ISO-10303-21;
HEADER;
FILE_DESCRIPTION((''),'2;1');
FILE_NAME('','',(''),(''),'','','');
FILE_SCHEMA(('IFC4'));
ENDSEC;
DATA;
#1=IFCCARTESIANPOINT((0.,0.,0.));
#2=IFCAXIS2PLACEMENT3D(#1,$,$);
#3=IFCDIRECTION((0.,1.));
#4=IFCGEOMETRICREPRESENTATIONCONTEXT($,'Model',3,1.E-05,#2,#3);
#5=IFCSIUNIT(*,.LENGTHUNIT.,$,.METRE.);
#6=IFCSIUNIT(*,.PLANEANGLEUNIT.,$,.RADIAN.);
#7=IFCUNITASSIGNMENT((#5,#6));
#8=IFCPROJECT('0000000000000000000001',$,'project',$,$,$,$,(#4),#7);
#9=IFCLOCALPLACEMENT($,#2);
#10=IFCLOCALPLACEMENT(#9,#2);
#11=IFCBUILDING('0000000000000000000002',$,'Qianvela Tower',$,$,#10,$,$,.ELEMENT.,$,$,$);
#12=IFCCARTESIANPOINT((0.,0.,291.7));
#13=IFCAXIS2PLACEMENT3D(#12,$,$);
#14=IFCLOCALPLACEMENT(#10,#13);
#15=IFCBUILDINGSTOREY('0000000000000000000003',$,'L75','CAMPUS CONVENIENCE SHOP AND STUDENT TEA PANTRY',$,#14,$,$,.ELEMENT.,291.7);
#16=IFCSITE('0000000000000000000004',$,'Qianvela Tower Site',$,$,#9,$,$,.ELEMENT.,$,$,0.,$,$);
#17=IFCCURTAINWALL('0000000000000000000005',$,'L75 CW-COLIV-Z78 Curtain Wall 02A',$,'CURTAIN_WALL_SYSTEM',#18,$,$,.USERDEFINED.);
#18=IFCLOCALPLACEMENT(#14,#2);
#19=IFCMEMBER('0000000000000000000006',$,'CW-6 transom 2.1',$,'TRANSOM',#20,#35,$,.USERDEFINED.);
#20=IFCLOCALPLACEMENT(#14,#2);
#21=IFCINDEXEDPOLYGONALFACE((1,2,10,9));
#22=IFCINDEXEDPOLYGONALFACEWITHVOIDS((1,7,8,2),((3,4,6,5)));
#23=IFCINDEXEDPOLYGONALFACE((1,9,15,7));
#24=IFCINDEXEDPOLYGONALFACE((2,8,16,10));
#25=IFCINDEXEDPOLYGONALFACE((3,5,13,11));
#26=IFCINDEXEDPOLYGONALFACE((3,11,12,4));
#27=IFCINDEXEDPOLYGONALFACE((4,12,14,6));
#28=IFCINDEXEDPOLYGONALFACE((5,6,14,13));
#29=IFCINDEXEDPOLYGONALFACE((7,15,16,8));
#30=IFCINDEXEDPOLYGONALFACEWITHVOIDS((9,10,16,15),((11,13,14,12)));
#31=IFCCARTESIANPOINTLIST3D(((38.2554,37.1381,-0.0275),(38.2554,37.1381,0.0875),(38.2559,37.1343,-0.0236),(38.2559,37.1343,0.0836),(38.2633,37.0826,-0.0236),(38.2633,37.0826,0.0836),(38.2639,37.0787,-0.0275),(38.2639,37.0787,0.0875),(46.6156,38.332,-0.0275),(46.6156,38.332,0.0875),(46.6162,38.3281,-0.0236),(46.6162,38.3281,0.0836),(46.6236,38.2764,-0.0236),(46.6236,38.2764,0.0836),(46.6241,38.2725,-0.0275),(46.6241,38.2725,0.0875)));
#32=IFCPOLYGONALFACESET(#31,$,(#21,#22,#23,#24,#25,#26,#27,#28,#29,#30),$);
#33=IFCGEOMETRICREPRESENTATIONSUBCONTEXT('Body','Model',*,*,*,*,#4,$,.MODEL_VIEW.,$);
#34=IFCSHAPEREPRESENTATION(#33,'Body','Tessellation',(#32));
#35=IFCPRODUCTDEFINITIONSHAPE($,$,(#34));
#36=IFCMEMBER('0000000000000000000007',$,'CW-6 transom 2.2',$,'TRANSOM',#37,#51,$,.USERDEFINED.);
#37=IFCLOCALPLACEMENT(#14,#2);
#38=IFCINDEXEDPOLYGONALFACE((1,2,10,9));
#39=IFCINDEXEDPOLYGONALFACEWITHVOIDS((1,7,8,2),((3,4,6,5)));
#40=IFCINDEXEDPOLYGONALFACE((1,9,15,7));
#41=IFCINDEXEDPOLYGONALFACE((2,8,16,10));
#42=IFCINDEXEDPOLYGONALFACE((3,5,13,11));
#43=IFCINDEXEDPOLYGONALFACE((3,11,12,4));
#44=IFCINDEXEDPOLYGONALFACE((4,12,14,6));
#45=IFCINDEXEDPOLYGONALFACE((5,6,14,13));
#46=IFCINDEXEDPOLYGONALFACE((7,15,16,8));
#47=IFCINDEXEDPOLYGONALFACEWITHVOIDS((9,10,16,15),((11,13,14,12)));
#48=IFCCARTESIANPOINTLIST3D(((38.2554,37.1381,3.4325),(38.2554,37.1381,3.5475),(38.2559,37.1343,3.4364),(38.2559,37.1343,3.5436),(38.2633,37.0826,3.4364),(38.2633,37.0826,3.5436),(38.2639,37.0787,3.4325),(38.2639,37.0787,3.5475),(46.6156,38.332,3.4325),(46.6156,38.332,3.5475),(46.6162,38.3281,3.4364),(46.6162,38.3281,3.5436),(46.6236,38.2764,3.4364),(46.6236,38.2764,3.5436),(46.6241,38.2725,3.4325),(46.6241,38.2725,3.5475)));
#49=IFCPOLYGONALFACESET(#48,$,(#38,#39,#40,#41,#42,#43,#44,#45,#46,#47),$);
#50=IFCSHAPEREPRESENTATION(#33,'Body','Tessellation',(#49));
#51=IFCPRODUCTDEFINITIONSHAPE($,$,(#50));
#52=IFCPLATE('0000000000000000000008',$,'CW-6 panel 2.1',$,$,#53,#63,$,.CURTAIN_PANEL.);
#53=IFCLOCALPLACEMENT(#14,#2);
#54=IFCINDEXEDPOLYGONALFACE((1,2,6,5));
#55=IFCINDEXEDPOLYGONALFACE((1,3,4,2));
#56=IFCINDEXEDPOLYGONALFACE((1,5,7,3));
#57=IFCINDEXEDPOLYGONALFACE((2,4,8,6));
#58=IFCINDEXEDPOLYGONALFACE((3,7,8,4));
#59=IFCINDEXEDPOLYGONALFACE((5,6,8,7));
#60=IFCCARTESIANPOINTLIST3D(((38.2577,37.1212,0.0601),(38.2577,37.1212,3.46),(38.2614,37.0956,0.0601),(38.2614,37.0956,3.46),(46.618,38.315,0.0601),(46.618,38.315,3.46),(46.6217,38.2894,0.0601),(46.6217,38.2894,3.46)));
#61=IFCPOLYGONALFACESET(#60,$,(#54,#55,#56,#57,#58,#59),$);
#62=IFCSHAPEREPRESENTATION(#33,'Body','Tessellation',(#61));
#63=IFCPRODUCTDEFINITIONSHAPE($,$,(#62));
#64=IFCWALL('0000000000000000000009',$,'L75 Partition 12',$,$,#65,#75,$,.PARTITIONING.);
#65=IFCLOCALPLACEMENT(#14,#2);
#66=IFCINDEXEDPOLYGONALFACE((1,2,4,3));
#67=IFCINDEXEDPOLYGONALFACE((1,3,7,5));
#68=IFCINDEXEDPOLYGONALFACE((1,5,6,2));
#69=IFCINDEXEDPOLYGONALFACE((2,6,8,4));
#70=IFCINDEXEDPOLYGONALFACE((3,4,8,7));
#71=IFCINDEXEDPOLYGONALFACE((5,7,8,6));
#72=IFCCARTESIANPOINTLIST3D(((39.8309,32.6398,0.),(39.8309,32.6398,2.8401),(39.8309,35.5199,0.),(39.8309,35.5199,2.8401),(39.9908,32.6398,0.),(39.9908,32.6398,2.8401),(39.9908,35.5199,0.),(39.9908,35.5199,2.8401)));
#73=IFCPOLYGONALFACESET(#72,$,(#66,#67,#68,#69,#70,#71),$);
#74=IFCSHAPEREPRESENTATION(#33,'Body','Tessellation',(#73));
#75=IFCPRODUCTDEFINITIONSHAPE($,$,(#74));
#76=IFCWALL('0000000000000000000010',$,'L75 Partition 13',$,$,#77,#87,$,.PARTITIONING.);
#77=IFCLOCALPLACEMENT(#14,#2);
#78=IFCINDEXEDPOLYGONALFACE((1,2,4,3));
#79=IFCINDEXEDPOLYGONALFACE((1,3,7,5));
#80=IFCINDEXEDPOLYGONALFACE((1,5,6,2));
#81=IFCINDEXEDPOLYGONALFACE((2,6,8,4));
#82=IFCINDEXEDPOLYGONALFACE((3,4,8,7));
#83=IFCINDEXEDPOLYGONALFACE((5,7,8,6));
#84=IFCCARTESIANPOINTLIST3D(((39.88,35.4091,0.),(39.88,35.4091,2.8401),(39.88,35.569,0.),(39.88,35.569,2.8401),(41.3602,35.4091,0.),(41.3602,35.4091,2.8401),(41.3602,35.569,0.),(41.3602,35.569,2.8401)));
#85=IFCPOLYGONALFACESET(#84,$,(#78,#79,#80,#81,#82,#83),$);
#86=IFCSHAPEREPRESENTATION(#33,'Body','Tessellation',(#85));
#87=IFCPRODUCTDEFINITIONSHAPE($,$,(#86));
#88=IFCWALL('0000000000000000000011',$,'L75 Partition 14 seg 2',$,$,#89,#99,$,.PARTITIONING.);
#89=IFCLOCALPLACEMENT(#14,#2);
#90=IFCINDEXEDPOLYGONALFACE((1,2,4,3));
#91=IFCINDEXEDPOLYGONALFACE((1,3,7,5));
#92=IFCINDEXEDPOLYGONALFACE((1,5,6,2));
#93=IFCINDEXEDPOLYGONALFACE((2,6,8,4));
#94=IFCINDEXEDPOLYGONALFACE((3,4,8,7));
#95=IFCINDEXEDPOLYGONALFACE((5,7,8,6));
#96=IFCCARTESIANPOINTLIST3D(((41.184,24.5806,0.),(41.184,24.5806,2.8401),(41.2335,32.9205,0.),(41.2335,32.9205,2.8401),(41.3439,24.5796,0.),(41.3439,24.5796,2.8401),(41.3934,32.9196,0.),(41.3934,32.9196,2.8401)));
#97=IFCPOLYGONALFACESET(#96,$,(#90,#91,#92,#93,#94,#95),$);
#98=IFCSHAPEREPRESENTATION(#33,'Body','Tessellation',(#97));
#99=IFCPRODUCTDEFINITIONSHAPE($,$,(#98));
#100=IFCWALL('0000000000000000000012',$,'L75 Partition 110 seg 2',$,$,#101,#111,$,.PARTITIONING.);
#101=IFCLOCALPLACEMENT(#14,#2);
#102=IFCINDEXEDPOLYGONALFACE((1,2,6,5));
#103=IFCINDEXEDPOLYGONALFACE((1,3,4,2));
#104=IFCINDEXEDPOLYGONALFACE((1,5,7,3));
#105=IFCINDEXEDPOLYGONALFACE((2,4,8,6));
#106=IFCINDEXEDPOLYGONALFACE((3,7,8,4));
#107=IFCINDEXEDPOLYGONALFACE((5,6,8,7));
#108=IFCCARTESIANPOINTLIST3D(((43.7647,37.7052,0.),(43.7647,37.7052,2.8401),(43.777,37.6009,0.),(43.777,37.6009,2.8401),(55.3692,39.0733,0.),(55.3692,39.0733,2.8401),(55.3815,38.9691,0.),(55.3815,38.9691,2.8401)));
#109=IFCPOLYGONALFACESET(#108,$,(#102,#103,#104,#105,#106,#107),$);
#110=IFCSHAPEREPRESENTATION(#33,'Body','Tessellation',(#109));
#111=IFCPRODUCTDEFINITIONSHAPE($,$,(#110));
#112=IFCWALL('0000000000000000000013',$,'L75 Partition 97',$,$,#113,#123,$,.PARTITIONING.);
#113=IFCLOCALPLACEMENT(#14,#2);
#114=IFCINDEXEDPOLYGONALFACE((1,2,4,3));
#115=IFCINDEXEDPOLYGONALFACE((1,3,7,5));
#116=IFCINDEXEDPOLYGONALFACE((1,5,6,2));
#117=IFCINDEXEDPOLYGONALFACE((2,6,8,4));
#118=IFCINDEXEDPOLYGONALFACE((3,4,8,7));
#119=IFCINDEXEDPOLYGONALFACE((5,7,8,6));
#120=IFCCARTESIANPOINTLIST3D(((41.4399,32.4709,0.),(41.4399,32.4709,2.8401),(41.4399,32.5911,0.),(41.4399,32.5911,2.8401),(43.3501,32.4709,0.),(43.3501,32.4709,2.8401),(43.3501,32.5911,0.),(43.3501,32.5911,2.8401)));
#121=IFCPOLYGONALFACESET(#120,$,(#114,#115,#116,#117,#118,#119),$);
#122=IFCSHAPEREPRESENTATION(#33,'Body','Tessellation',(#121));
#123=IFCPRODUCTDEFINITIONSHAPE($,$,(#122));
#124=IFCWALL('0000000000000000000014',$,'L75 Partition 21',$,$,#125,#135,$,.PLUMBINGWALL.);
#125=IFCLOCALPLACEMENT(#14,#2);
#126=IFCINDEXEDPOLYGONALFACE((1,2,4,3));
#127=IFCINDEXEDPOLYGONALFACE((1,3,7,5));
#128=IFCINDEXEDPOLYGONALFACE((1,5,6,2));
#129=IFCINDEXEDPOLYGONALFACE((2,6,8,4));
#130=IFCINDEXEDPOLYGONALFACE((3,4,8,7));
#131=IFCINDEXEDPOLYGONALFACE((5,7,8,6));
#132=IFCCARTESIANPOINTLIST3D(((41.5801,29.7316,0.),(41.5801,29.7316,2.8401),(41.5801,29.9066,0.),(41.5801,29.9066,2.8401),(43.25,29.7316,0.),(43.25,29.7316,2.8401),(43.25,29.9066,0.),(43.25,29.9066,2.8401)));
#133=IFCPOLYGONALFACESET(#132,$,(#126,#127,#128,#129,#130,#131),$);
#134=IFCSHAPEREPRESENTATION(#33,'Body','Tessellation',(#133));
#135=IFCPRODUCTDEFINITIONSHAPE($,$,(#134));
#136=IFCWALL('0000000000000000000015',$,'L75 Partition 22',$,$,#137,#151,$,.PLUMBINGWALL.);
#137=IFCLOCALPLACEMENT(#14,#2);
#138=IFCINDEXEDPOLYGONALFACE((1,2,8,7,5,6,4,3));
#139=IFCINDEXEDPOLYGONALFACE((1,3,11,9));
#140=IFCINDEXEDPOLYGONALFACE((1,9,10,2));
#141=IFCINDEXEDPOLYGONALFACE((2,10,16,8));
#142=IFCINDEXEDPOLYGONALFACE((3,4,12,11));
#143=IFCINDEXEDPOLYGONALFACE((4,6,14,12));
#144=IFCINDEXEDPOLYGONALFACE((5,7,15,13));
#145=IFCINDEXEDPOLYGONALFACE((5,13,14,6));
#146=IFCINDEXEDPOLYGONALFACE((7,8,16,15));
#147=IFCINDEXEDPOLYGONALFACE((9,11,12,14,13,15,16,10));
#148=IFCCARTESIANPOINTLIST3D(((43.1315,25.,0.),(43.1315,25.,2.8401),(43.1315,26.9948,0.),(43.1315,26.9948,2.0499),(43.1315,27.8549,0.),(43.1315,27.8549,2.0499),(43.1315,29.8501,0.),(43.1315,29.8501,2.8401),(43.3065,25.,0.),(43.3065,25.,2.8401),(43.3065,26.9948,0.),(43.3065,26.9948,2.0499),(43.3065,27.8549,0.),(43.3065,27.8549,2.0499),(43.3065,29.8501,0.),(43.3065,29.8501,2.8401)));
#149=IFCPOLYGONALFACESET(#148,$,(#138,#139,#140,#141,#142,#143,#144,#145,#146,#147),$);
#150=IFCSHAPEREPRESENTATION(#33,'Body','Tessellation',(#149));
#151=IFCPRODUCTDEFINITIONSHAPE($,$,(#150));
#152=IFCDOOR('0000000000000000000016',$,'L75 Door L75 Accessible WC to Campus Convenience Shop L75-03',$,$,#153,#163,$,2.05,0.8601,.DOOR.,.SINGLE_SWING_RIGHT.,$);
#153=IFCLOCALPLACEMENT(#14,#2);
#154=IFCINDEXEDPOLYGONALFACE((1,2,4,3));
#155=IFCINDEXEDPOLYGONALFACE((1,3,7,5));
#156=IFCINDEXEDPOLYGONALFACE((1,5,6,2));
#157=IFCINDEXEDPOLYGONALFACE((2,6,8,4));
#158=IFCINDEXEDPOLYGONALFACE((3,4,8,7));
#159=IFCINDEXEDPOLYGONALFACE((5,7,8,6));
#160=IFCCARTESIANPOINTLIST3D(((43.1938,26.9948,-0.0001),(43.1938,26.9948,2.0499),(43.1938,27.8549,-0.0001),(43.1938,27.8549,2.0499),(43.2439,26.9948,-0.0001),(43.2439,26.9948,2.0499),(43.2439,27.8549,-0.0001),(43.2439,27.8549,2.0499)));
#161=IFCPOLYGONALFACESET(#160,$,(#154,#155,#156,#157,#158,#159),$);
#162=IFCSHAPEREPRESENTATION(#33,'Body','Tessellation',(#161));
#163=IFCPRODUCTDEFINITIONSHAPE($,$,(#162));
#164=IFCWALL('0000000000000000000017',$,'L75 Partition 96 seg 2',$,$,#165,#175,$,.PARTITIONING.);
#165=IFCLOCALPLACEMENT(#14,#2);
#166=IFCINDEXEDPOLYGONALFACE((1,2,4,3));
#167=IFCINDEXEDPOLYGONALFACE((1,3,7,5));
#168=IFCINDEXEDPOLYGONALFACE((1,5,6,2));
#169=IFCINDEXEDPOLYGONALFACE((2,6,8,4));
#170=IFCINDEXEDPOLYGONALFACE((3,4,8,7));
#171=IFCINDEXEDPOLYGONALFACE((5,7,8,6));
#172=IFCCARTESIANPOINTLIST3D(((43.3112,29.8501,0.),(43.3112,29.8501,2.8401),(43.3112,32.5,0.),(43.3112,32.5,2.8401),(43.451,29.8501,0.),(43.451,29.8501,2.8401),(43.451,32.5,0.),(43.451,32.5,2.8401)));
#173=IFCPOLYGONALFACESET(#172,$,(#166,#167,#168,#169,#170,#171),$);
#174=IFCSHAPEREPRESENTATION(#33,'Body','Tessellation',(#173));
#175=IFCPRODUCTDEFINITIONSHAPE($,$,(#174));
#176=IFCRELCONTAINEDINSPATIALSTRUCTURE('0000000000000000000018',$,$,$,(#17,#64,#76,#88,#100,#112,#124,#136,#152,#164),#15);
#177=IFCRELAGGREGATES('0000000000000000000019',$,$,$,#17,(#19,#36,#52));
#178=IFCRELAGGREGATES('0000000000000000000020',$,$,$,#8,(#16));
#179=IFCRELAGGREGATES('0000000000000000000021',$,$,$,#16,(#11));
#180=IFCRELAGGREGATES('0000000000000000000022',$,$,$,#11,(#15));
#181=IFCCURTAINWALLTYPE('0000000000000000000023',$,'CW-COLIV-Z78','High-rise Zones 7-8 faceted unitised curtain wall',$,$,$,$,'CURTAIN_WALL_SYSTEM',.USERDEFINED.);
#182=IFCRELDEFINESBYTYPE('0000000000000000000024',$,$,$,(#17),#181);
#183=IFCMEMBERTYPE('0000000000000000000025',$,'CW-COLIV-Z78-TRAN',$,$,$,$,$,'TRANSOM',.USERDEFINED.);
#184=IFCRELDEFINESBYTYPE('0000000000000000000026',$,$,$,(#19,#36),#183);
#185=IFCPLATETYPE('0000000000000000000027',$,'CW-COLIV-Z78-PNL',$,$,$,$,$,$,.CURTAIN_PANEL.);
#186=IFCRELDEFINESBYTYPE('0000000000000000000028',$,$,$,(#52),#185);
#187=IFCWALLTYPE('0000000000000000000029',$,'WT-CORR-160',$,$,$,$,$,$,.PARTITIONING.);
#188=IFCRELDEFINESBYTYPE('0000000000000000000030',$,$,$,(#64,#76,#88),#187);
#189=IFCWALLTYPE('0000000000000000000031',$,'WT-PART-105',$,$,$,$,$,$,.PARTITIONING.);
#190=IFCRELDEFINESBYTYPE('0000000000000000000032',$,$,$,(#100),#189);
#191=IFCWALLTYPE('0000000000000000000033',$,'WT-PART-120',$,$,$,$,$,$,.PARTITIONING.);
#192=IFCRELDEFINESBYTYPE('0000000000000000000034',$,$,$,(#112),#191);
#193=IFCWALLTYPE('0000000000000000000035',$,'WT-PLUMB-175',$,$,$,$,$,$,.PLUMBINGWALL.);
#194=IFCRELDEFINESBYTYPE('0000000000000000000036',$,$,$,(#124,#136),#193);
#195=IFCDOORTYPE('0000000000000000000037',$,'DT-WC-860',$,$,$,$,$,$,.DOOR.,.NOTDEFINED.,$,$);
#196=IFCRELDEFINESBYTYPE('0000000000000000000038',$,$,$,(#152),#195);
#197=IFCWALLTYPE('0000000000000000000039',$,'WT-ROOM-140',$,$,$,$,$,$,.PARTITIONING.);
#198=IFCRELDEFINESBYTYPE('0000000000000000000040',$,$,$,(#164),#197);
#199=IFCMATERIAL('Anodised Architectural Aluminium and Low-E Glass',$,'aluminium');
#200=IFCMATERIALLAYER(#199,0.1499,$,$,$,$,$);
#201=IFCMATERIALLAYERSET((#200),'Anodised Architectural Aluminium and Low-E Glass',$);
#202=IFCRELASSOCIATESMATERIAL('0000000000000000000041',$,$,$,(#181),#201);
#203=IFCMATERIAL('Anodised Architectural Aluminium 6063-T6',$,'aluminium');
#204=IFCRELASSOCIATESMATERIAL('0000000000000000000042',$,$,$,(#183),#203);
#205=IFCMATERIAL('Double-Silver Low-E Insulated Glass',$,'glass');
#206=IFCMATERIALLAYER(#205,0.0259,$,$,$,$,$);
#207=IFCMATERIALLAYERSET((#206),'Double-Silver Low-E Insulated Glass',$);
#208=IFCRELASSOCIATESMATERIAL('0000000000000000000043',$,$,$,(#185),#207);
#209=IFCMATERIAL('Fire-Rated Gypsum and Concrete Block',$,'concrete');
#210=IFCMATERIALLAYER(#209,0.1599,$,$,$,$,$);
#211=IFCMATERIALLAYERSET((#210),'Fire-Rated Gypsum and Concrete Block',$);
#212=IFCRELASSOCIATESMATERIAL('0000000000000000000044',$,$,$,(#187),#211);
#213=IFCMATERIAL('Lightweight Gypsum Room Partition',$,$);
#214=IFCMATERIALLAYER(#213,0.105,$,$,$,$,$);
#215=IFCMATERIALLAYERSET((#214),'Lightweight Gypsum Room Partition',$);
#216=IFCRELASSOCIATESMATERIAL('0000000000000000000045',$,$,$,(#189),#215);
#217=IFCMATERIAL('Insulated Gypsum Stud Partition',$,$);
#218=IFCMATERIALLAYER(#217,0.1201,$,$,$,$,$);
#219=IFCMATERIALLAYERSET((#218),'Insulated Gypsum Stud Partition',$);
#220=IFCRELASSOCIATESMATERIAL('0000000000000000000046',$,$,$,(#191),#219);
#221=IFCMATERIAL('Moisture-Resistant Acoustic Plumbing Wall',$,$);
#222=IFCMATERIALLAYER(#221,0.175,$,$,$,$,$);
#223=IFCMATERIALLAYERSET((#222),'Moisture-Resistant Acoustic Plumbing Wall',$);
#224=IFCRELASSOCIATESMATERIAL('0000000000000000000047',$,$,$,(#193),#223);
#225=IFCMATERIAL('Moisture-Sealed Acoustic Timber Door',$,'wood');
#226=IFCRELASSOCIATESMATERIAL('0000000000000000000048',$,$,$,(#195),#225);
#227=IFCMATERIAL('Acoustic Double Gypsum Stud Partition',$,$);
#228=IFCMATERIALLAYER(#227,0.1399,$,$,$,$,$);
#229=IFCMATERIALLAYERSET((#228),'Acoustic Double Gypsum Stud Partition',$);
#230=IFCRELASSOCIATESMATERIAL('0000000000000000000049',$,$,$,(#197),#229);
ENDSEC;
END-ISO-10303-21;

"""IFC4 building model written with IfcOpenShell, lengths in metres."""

from ifc_helpers import new_model, si_unit, direction, frame, frame_2d, origin, origin_2d, place, context, subcontext, project, spatial, rectangle, hollow_rectangle, extrude, material, layer, layer_set, material_profile, profile_set, type_object, element, fill, aggregate, save


model = new_model("IFC4")

# Units and contexts
model_context = context("Model", 3, precision=1e-05, world=origin(), true_north=direction((0.0, 1.0)))
body_context = subcontext(model_context, "Body", "Model", "MODEL_VIEW")
ifc_project = project(units=[si_unit("LENGTHUNIT", "METRE"), si_unit("PLANEANGLEUNIT", "RADIAN")], contexts=[model_context])

# Site, building, storey
site_placement = place(None, origin())
site = spatial("IfcSite", under=ifc_project, at=site_placement, Name="Qianvela Tower Site", CompositionType="ELEMENT", RefElevation=0.0)
building_placement = place(site_placement, origin())
building = spatial("IfcBuilding", under=site, at=building_placement, Name="Qianvela Tower", CompositionType="ELEMENT")
storey_placement = place(building_placement, frame((0.0, 0.0, 291.7)))
storey = spatial("IfcBuildingStorey", under=building, at=storey_placement, Name="L75", Description="CAMPUS CONVENIENCE SHOP AND STUDENT TEA PANTRY", CompositionType="ELEMENT", Elevation=291.7)

# Curtain wall, members, plate
ifc_material_1 = material(Name="Anodised Architectural Aluminium and Low-E Glass", Category="aluminium")
ifc_layer_1 = layer(ifc_material_1, 0.1499)
ifc_layer_set_1 = layer_set([ifc_layer_1], Name="Anodised Architectural Aluminium and Low-E Glass")
curtain_wall_type = type_object("IfcCurtainWallType", Name="CW-COLIV-Z78", Description="High-rise Zones 7-8 faceted unitised curtain wall", ElementType="CURTAIN_WALL_SYSTEM", PredefinedType="USERDEFINED", material=ifc_layer_set_1)
curtain_wall_placement = place(storey_placement, origin())
curtain_wall = element("IfcCurtainWall", 1, at=curtain_wall_placement, inside=storey, type_object=curtain_wall_type, Name="L75 CW-COLIV-Z78 Curtain Wall 02A", ObjectType="CURTAIN_WALL_SYSTEM", PredefinedType="USERDEFINED")
ifc_material_2 = material(Name="Anodised Architectural Aluminium 6063-T6", Category="aluminium")
ifc_material_profile = material_profile(ifc_material_2, hollow_rectangle(XDim=0.0601, YDim=0.115, WallThickness=0.0039, at=origin_2d()), Name="ALU-TRAN-60x115")
ifc_profile_set = profile_set([ifc_material_profile], Name="Anodised Architectural Aluminium 6063-T6")
member_type = type_object("IfcMemberType", Name="CW-COLIV-Z78-TRAN", ElementType="TRANSOM", PredefinedType="USERDEFINED", material=ifc_profile_set)
member_1_placement = place(storey_placement, frame((46.6199, 38.3022, 0.03), z_axis=(-0.989958, -0.141365, 0.0), x_axis=(0.141365, -0.989958, 0.0)))
member_1 = element("IfcMember", 2, at=member_1_placement, type_object=member_type, Name="CW-6 transom 2.1", ObjectType="TRANSOM", PredefinedType="USERDEFINED", context=body_context, shape_type="SweptSolid", body=[
    extrude(hollow_rectangle(XDim=0.0601, YDim=0.115, WallThickness=0.0039, at=origin_2d()), origin(), (0.0, 0.0, 1.0), 8.4451),
])
member_2_placement = place(storey_placement, frame((46.6199, 38.3022, 3.49), z_axis=(-0.989958, -0.141365, 0.0), x_axis=(0.141365, -0.989958, 0.0)))
member_2 = element("IfcMember", 3, at=member_2_placement, type_object=member_type, Name="CW-6 transom 2.2", ObjectType="TRANSOM", PredefinedType="USERDEFINED", context=body_context, shape_type="SweptSolid", body=[
    extrude(hollow_rectangle(XDim=0.0601, YDim=0.115, WallThickness=0.0039, at=origin_2d()), origin(), (0.0, 0.0, 1.0), 8.4451),
])
ifc_material_3 = material(Name="Double-Silver Low-E Insulated Glass", Category="glass")
ifc_layer_2 = layer(ifc_material_3, 0.0259)
ifc_layer_set_2 = layer_set([ifc_layer_2], Name="Double-Silver Low-E Insulated Glass")
plate_type = type_object("IfcPlateType", Name="CW-COLIV-Z78-PNL", PredefinedType="CURTAIN_PANEL", material=ifc_layer_set_2)
plate_placement = place(storey_placement, frame((42.4397, 37.7053, 0.0601), z_axis=(0.0, 0.0, 1.0), x_axis=(-0.989958, -0.141365, 0.0)))
plate = element("IfcPlate", 4, at=plate_placement, type_object=plate_type, Name="CW-6 panel 2.1", PredefinedType="CURTAIN_PANEL", context=body_context, shape_type="SweptSolid", body=[
    extrude(rectangle(XDim=8.4451, YDim=0.0259, at=origin_2d()), origin(), (0.0, 0.0, 1.0), 3.3999),
])
aggregate(curtain_wall, [member_1, member_2, plate])

# Walls
ifc_material_4 = material(Name="Fire-Rated Gypsum and Concrete Block", Category="concrete")
ifc_layer_3 = layer(ifc_material_4, 0.1599)
ifc_layer_set_3 = layer_set([ifc_layer_3], Name="Fire-Rated Gypsum and Concrete Block")
wall_type_1 = type_object("IfcWallType", Name="WT-CORR-160", PredefinedType="PARTITIONING", material=ifc_layer_set_3)
wall_1_placement = place(storey_placement, frame((39.9109, 32.6399, 0.0), z_axis=(0.0, 0.0, 1.0), x_axis=(0.0, 1.0, 0.0)))
element("IfcWall", 5, at=wall_1_placement, inside=storey, type_object=wall_type_1, Name="L75 Partition 12", PredefinedType="PARTITIONING", context=body_context, shape_type="SweptSolid", body=[
    extrude(rectangle(XDim=2.8801, YDim=0.1599, at=frame_2d((1.4399, 0.0))), origin(), (0.0, 0.0, 1.0), 2.8401),
])
wall_2_placement = place(storey_placement, frame((39.8799, 35.489, 0.0), z_axis=(0.0, 0.0, 1.0), x_axis=(1.0, 0.0, 0.0)))
element("IfcWall", 6, at=wall_2_placement, inside=storey, type_object=wall_type_1, Name="L75 Partition 13", PredefinedType="PARTITIONING", context=body_context, shape_type="SweptSolid", body=[
    extrude(rectangle(XDim=1.4802, YDim=0.1599, at=frame_2d((0.7402, 0.0))), origin(), (0.0, 0.0, 1.0), 2.8401),
])
wall_3_placement = place(storey_placement, frame((41.3135, 32.9199, 0.0), z_axis=(0.0, 0.0, 1.0), x_axis=(-0.005943, -0.999982, 0.0)))
element("IfcWall", 7, at=wall_3_placement, inside=storey, type_object=wall_type_1, Name="L75 Partition 14 seg 2", PredefinedType="PARTITIONING", context=body_context, shape_type="SweptSolid", body=[
    extrude(rectangle(XDim=8.3401, YDim=0.1599, at=frame_2d((4.1699, 0.0))), origin(), (0.0, 0.0, 1.0), 2.8401),
])
ifc_material_5 = material(Name="Lightweight Gypsum Room Partition")
ifc_layer_4 = layer(ifc_material_5, 0.105)
ifc_layer_set_4 = layer_set([ifc_layer_4], Name="Lightweight Gypsum Room Partition")
wall_type_2 = type_object("IfcWallType", Name="WT-PART-105", PredefinedType="PARTITIONING", material=ifc_layer_set_4)
wall_4_placement = place(storey_placement, frame((43.771, 37.6531, 0.0), z_axis=(0.0, 0.0, 1.0), x_axis=(0.993121, 0.117089, 0.0)))
element("IfcWall", 8, at=wall_4_placement, inside=storey, type_object=wall_type_2, Name="L75 Partition 110 seg 2", PredefinedType="PARTITIONING", context=body_context, shape_type="SweptSolid", body=[
    extrude(rectangle(XDim=11.6848, YDim=0.105, at=frame_2d((5.8423, 0.0))), origin(), (0.0, 0.0, 1.0), 2.8401),
])
ifc_material_6 = material(Name="Insulated Gypsum Stud Partition")
ifc_layer_5 = layer(ifc_material_6, 0.1201)
ifc_layer_set_5 = layer_set([ifc_layer_5], Name="Insulated Gypsum Stud Partition")
wall_type_3 = type_object("IfcWallType", Name="WT-PART-120", PredefinedType="PARTITIONING", material=ifc_layer_set_5)
wall_5_placement = place(storey_placement, frame((43.3501, 32.531, 0.0), z_axis=(0.0, 0.0, 1.0), x_axis=(-1.0, 0.0, 0.0)))
element("IfcWall", 9, at=wall_5_placement, inside=storey, type_object=wall_type_3, Name="L75 Partition 97", PredefinedType="PARTITIONING", context=body_context, shape_type="SweptSolid", body=[
    extrude(rectangle(XDim=1.9102, YDim=0.1201, at=frame_2d((0.9551, 0.0))), origin(), (0.0, 0.0, 1.0), 2.8401),
])
ifc_material_7 = material(Name="Moisture-Resistant Acoustic Plumbing Wall")
ifc_layer_6 = layer(ifc_material_7, 0.175)
ifc_layer_set_6 = layer_set([ifc_layer_6], Name="Moisture-Resistant Acoustic Plumbing Wall")
wall_type_4 = type_object("IfcWallType", Name="WT-PLUMB-175", PredefinedType="PLUMBINGWALL", material=ifc_layer_set_6)
wall_6_placement = place(storey_placement, frame((41.5801, 29.8191, 0.0), z_axis=(0.0, 0.0, 1.0), x_axis=(1.0, 0.0, 0.0)))
element("IfcWall", 10, at=wall_6_placement, inside=storey, type_object=wall_type_4, Name="L75 Partition 21", PredefinedType="PLUMBINGWALL", context=body_context, shape_type="SweptSolid", body=[
    extrude(rectangle(XDim=1.6699, YDim=0.175, at=frame_2d((0.835, 0.0))), origin(), (0.0, 0.0, 1.0), 2.8401),
])

# Wall, opening, door
wall_7_placement = place(storey_placement, frame((43.219, 29.8501, 0.0), z_axis=(0.0, 0.0, 1.0), x_axis=(0.0, -1.0, 0.0)))
wall_7 = element("IfcWall", 11, at=wall_7_placement, inside=storey, type_object=wall_type_4, Name="L75 Partition 22", PredefinedType="PLUMBINGWALL", context=body_context, shape_type="SweptSolid", body=[
    extrude(rectangle(XDim=4.8501, YDim=0.175, at=frame_2d((2.425, 0.0))), origin(), (0.0, 0.0, 1.0), 2.8401),
])
opening_1_placement = place(wall_7_placement, frame((1.9951, 0.0, 0.0)))
opening_1 = element("IfcOpeningElement", 12, at=opening_1_placement, cuts=wall_7, PredefinedType="OPENING", context=body_context, shape_type="SweptSolid", body=[
    extrude(rectangle(XDim=0.8601, YDim=2.05, at=frame_2d((0.4302, 1.0249))), frame((0.0, 0.0974, 0.0), z_axis=(0.0, -1.0, 0.0), x_axis=(1.0, 0.0, 0.0)), (0.0, 0.0, 1.0), 0.1951),
])
ifc_material_8 = material(Name="Moisture-Sealed Acoustic Timber Door", Category="wood")
door_type_1 = type_object("IfcDoorType", Name="DT-WC-860", OperationType="NOTDEFINED", PredefinedType="DOOR", material=ifc_material_8)
door_1_placement = place(opening_1_placement, origin())
door_1 = element("IfcDoor", 13, at=door_1_placement, inside=storey, type_object=door_type_1, Name="L75 Door L75 Accessible WC to Campus Convenience Shop L75-03", OperationType="SINGLE_SWING_RIGHT", OverallHeight=2.05, OverallWidth=0.8601, PredefinedType="DOOR", context=body_context, shape_type="SweptSolid", body=[
    extrude(rectangle(XDim=0.8601, YDim=2.05, at=frame_2d((0.4302, 1.0249))), frame((0.0, 0.0249, 0.0), z_axis=(0.0, -1.0, 0.0), x_axis=(1.0, 0.0, 0.0)), (0.0, 0.0, 1.0), 0.05),
])
fill(opening_1, door_1)

# Wall
ifc_material_9 = material(Name="Acoustic Double Gypsum Stud Partition")
ifc_layer_7 = layer(ifc_material_9, 0.1399)
ifc_layer_set_7 = layer_set([ifc_layer_7], Name="Acoustic Double Gypsum Stud Partition")
wall_type_5 = type_object("IfcWallType", Name="WT-ROOM-140", PredefinedType="PARTITIONING", material=ifc_layer_set_7)
wall_8_placement = place(storey_placement, frame((43.3811, 29.8501, 0.0), z_axis=(0.0, 0.0, 1.0), x_axis=(0.0, 1.0, 0.0)))
element("IfcWall", 14, at=wall_8_placement, inside=storey, type_object=wall_type_5, Name="L75 Partition 96 seg 2", PredefinedType="PARTITIONING", context=body_context, shape_type="SweptSolid", body=[
    extrude(rectangle(XDim=2.6499, YDim=0.1399, at=frame_2d((1.325, 0.0))), origin(), (0.0, 0.0, 1.0), 2.8401),
])

save(model, "model.ifc")
